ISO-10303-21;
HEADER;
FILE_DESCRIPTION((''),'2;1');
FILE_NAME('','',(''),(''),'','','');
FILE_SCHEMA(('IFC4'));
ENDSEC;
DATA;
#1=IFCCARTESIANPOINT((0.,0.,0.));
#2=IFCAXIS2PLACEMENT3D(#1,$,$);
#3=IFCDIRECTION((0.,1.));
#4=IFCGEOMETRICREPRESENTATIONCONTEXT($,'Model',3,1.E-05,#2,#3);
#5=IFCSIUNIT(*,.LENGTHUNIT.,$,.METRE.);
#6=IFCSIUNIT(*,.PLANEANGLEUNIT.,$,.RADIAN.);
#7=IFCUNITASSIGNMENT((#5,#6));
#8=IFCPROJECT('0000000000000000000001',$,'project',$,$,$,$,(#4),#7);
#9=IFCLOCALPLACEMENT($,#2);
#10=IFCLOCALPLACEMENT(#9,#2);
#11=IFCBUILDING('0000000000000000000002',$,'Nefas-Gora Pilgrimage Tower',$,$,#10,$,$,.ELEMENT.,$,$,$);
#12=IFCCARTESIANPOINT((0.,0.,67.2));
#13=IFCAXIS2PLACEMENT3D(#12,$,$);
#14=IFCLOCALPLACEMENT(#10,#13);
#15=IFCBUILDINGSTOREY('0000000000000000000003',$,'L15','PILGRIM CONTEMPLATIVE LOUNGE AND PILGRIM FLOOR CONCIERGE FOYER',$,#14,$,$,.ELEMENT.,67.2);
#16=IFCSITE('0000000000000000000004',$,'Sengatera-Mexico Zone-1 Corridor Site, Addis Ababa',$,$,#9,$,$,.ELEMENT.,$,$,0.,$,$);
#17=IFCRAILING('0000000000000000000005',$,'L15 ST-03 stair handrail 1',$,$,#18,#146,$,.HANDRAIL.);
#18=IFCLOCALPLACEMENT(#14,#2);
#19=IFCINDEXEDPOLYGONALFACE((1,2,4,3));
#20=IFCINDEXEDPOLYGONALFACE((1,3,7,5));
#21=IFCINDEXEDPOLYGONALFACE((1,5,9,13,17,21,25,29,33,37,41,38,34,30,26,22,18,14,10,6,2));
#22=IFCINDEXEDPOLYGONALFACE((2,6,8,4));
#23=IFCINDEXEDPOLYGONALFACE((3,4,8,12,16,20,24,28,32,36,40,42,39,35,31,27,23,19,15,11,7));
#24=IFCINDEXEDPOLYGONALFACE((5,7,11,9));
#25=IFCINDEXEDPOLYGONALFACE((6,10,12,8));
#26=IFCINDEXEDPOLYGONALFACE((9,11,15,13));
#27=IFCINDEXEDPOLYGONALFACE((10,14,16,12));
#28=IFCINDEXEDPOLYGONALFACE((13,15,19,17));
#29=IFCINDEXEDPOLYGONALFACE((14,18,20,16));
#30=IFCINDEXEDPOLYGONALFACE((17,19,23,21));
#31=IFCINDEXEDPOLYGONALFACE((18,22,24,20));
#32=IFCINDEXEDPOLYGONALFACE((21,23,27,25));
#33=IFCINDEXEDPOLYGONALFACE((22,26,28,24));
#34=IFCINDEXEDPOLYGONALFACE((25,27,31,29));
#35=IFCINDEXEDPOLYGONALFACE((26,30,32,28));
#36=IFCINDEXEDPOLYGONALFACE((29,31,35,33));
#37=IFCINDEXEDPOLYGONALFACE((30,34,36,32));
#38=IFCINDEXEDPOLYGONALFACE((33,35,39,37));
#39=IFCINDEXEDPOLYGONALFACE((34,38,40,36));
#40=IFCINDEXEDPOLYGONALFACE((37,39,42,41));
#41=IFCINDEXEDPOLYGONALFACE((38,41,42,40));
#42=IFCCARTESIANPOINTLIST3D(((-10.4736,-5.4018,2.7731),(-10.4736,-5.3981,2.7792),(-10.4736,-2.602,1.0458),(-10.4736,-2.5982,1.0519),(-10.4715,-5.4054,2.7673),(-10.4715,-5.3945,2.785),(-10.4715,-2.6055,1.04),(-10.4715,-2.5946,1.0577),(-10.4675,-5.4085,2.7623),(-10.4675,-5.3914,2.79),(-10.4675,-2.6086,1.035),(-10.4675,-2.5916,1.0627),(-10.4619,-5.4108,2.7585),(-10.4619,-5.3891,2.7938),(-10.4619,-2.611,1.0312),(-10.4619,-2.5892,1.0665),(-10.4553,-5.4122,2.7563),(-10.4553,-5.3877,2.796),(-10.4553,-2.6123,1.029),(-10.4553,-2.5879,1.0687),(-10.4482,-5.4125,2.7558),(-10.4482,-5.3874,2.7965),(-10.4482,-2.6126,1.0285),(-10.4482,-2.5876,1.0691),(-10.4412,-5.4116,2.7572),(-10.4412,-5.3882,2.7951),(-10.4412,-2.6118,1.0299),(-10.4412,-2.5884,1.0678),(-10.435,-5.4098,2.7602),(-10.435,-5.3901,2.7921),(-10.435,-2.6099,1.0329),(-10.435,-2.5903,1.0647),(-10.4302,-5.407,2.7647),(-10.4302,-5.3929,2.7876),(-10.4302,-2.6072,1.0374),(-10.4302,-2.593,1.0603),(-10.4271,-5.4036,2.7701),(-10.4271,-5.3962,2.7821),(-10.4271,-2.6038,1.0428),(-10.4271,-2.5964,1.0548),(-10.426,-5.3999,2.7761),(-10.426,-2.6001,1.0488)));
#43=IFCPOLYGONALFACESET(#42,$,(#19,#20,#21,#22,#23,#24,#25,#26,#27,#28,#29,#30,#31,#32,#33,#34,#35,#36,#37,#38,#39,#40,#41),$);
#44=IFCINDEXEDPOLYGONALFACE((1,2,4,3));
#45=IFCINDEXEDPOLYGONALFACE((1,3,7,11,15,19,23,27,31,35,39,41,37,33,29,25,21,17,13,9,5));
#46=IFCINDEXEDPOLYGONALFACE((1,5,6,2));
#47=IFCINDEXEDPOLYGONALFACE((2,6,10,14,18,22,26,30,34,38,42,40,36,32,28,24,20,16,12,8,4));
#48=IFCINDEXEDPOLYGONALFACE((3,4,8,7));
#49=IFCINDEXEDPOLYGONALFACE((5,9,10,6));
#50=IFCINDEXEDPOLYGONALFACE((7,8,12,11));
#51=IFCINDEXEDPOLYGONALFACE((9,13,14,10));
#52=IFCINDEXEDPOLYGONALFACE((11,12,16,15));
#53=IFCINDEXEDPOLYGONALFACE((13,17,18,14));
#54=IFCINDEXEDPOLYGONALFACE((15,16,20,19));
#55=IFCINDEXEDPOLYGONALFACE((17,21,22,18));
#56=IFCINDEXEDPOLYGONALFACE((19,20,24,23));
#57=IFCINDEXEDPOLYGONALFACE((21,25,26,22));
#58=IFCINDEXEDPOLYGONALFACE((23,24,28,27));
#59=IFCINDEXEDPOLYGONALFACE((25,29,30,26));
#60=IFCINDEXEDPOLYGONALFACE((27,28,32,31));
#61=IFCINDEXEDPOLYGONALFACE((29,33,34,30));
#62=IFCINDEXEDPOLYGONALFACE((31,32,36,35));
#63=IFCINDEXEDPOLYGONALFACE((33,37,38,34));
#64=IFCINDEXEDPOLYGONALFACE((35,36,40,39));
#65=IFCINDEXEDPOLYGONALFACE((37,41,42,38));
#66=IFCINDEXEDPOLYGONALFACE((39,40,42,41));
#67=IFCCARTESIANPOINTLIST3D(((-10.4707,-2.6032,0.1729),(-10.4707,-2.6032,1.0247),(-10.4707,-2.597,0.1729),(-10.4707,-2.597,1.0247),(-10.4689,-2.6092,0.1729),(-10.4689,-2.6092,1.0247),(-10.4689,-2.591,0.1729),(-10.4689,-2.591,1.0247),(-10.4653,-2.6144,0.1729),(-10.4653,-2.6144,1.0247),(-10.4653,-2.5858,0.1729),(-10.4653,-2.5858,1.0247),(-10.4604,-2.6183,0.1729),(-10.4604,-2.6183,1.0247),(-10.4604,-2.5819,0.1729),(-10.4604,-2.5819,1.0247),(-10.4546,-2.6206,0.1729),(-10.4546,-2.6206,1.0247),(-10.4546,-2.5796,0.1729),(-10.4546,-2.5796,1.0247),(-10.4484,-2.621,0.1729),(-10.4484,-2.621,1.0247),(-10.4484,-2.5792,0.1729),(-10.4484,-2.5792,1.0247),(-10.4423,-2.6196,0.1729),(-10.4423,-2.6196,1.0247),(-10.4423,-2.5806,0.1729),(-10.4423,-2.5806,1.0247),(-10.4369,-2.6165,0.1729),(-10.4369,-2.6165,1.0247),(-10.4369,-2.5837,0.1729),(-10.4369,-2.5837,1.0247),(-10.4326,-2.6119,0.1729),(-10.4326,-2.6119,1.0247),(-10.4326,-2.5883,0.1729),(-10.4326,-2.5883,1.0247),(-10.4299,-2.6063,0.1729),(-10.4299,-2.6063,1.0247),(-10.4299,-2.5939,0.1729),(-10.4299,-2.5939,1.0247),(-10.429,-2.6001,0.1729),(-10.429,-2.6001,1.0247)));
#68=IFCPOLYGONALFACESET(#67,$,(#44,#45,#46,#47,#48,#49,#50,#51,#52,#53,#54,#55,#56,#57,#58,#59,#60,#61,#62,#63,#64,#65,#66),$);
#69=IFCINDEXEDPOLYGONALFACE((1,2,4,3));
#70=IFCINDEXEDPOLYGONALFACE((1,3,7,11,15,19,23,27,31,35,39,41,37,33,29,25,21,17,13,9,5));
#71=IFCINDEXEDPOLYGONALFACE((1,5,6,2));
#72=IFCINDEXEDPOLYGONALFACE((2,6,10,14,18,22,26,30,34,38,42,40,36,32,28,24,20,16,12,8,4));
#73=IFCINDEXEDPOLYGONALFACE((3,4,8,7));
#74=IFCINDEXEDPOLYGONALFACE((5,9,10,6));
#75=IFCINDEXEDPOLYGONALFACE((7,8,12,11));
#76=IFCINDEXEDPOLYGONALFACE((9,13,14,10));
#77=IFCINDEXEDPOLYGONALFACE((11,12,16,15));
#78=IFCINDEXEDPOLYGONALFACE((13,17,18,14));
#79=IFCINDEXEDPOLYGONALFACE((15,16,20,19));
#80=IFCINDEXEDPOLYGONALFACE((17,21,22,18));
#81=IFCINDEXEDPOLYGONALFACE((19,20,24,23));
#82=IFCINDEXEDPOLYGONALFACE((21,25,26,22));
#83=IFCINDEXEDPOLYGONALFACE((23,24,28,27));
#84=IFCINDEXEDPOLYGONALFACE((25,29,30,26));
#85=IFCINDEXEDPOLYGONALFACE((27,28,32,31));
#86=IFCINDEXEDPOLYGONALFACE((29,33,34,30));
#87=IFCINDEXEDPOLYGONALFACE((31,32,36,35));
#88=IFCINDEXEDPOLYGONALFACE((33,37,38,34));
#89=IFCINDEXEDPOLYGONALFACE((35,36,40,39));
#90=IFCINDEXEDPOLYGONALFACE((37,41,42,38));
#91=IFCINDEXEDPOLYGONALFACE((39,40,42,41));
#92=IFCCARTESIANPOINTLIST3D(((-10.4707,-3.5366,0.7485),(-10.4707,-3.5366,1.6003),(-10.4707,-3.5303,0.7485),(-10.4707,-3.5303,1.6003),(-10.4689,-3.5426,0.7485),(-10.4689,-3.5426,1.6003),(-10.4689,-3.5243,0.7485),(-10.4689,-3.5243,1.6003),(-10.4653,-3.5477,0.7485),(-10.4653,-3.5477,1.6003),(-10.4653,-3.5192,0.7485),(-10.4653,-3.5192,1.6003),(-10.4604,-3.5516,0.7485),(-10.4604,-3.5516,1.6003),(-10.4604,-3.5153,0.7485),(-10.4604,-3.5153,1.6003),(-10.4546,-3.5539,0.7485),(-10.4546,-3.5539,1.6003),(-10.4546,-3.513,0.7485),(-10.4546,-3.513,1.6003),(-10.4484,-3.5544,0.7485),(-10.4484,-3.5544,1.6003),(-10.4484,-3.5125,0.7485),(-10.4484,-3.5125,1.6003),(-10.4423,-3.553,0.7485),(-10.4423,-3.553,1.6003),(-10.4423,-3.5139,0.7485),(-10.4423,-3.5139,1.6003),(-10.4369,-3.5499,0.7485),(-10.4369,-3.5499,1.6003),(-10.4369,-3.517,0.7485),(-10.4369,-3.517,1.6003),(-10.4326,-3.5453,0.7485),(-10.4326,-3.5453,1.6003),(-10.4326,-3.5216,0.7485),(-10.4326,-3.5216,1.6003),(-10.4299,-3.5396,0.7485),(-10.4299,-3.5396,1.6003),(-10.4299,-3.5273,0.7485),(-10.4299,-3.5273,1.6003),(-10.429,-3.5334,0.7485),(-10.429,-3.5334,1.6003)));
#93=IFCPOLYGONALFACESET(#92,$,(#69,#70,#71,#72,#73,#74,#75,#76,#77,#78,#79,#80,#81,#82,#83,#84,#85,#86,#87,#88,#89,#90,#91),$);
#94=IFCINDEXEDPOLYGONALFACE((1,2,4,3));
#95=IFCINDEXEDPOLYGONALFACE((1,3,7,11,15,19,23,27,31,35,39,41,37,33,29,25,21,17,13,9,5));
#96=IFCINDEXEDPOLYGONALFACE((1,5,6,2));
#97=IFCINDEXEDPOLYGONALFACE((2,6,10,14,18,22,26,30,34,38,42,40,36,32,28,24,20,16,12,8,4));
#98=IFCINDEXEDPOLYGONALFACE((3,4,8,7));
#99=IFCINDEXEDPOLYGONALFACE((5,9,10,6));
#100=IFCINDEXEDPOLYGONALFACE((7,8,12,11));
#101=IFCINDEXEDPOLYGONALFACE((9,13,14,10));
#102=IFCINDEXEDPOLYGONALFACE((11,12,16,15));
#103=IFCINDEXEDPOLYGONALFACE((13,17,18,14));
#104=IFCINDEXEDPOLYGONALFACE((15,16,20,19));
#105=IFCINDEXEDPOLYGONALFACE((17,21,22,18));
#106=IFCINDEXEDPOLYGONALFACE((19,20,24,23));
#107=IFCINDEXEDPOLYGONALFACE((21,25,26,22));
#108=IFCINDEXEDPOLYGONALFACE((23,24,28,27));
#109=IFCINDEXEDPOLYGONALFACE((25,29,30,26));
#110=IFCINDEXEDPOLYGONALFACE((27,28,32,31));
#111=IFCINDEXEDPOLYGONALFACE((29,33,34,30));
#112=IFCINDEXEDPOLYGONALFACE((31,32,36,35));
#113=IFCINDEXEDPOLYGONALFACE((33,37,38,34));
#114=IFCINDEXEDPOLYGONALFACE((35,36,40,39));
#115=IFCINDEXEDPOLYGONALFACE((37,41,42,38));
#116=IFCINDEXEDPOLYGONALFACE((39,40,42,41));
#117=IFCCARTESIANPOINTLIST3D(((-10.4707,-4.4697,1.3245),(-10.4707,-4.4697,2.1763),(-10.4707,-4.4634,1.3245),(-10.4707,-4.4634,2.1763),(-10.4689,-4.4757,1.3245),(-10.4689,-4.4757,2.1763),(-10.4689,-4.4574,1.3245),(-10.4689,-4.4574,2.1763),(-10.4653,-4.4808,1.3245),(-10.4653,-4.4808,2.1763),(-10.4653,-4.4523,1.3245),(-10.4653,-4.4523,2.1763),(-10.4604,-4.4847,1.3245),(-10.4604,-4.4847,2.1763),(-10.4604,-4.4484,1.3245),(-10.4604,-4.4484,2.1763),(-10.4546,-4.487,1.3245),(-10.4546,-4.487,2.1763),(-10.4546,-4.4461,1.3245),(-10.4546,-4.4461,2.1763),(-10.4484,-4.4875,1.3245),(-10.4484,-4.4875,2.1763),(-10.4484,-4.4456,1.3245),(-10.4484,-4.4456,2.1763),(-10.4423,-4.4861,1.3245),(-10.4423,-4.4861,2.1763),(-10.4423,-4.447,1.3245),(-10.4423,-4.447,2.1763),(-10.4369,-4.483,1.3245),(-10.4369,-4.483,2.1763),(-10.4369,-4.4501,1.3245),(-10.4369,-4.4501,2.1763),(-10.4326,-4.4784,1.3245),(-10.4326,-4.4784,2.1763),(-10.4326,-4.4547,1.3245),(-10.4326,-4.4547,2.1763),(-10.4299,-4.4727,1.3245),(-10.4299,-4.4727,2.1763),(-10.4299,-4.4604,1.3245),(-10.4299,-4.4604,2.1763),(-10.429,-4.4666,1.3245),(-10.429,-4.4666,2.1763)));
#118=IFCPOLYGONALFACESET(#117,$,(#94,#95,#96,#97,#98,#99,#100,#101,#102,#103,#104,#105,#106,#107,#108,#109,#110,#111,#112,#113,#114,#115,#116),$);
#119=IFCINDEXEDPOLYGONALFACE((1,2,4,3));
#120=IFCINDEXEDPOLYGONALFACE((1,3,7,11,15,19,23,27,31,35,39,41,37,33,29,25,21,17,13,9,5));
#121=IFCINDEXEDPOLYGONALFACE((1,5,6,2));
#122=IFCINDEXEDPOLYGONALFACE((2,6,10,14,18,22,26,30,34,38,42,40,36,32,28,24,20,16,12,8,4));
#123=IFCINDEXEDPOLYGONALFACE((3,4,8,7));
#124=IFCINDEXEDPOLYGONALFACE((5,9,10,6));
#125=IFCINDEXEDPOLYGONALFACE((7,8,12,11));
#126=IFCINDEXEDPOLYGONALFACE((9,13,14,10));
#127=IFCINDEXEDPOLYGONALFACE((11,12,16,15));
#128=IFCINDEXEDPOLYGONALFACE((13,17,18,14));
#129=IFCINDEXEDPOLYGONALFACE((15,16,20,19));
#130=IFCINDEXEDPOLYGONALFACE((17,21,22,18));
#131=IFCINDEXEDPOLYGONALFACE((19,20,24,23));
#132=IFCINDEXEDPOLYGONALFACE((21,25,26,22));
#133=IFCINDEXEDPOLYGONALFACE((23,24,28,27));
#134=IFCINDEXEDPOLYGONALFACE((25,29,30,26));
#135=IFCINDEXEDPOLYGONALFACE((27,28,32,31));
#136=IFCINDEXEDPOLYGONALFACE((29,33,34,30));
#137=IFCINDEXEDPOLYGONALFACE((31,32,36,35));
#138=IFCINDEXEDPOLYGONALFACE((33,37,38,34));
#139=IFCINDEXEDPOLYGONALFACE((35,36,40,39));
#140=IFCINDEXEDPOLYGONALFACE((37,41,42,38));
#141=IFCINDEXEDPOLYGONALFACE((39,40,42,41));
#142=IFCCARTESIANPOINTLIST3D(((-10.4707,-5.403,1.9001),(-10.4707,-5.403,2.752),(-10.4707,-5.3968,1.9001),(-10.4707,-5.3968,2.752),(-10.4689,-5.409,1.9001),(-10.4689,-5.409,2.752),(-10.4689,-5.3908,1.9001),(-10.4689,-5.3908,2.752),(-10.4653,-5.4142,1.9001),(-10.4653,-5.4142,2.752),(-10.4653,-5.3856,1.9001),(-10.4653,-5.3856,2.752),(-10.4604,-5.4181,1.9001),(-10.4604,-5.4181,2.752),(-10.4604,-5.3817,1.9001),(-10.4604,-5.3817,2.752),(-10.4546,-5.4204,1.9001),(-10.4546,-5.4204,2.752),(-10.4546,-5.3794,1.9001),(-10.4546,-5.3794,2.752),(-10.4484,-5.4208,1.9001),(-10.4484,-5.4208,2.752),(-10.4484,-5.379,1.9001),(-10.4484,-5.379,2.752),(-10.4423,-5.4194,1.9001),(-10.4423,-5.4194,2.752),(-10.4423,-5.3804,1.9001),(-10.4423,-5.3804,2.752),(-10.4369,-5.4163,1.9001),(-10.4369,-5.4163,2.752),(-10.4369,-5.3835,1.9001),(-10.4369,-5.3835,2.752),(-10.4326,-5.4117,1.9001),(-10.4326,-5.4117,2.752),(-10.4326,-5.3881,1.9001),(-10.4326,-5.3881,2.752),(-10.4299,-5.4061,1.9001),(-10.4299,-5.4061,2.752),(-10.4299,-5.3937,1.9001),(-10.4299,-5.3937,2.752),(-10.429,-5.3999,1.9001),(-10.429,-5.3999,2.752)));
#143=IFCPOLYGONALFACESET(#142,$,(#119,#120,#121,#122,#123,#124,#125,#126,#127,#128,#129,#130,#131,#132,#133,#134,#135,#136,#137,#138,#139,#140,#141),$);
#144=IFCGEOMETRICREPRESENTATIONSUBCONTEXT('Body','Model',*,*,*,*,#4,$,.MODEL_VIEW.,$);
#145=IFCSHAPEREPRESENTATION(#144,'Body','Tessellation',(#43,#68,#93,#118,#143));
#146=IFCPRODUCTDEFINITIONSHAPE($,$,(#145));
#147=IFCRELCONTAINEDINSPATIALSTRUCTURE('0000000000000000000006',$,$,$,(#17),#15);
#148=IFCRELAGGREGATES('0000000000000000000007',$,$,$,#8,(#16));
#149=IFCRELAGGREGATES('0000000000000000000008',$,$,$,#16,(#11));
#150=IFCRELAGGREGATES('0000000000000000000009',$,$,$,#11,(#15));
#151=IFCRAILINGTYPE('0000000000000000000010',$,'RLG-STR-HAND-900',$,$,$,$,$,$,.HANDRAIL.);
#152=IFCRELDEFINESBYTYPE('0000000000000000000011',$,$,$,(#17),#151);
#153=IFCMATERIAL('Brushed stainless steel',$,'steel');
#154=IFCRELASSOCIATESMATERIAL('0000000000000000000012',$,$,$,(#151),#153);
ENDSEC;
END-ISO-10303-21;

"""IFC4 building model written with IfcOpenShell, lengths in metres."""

from ifc_helpers import new_model, si_unit, direction, frame, origin, origin_2d, place, context, subcontext, project, spatial, circle, extrude, material, type_object, element, save


model = new_model("IFC4")

# Units and contexts
model_context = context("Model", 3, precision=1e-05, world=origin(), true_north=direction((0.0, 1.0)))
body_context = subcontext(model_context, "Body", "Model", "MODEL_VIEW")
ifc_project = project(units=[si_unit("LENGTHUNIT", "METRE"), si_unit("PLANEANGLEUNIT", "RADIAN")], contexts=[model_context])

# Site, building, storey
site_placement = place(None, origin())
site = spatial("IfcSite", under=ifc_project, at=site_placement, Name="Sengatera-Mexico Zone-1 Corridor Site, Addis Ababa", CompositionType="ELEMENT", RefElevation=0.0)
building_placement = place(site_placement, origin())
building = spatial("IfcBuilding", under=site, at=building_placement, Name="Nefas-Gora Pilgrimage Tower", CompositionType="ELEMENT")
storey_placement = place(building_placement, frame((0.0, 0.0, 67.2)))
storey = spatial("IfcBuildingStorey", under=building, at=storey_placement, Name="L15", Description="PILGRIM CONTEMPLATIVE LOUNGE AND PILGRIM FLOOR CONCIERGE FOYER", CompositionType="ELEMENT", Elevation=67.2)

# Railing
ifc_material_1 = material(Name="Brushed stainless steel", Category="steel")
railing_type_1 = type_object("IfcRailingType", Name="RLG-STR-HAND-900", PredefinedType="HANDRAIL", material=ifc_material_1)
railing_1_placement = place(storey_placement, frame((-10.45, -2.6001, 0.1729)))
element("IfcRailing", 1, at=railing_1_placement, inside=storey, type_object=railing_type_1, Name="L15 ST-03 stair handrail 1", PredefinedType="HANDRAIL", context=body_context, shape_type="SweptSolid", body=[
    extrude(circle(Radius=0.0239, at=origin_2d()), frame((0.0, 0.0, 0.876), z_axis=(0.0, -0.851069, 0.525054), x_axis=(1.0, 0.0, 0.0)), (0.0, 0.0, 1.0), 3.2898),
    extrude(circle(Radius=0.021, at=origin_2d()), origin(), (0.0, 0.0, 1.0), 0.8518),
    extrude(circle(Radius=0.021, at=origin_2d()), frame((0.0, -0.9333, 0.5757)), (0.0, 0.0, 1.0), 0.8518),
    extrude(circle(Radius=0.021, at=origin_2d()), frame((0.0, -1.8665, 1.1516)), (0.0, 0.0, 1.0), 0.8518),
    extrude(circle(Radius=0.021, at=origin_2d()), frame((0.0, -2.7998, 1.7273)), (0.0, 0.0, 1.0), 0.8518),
])

save(model, "model.ifc")
